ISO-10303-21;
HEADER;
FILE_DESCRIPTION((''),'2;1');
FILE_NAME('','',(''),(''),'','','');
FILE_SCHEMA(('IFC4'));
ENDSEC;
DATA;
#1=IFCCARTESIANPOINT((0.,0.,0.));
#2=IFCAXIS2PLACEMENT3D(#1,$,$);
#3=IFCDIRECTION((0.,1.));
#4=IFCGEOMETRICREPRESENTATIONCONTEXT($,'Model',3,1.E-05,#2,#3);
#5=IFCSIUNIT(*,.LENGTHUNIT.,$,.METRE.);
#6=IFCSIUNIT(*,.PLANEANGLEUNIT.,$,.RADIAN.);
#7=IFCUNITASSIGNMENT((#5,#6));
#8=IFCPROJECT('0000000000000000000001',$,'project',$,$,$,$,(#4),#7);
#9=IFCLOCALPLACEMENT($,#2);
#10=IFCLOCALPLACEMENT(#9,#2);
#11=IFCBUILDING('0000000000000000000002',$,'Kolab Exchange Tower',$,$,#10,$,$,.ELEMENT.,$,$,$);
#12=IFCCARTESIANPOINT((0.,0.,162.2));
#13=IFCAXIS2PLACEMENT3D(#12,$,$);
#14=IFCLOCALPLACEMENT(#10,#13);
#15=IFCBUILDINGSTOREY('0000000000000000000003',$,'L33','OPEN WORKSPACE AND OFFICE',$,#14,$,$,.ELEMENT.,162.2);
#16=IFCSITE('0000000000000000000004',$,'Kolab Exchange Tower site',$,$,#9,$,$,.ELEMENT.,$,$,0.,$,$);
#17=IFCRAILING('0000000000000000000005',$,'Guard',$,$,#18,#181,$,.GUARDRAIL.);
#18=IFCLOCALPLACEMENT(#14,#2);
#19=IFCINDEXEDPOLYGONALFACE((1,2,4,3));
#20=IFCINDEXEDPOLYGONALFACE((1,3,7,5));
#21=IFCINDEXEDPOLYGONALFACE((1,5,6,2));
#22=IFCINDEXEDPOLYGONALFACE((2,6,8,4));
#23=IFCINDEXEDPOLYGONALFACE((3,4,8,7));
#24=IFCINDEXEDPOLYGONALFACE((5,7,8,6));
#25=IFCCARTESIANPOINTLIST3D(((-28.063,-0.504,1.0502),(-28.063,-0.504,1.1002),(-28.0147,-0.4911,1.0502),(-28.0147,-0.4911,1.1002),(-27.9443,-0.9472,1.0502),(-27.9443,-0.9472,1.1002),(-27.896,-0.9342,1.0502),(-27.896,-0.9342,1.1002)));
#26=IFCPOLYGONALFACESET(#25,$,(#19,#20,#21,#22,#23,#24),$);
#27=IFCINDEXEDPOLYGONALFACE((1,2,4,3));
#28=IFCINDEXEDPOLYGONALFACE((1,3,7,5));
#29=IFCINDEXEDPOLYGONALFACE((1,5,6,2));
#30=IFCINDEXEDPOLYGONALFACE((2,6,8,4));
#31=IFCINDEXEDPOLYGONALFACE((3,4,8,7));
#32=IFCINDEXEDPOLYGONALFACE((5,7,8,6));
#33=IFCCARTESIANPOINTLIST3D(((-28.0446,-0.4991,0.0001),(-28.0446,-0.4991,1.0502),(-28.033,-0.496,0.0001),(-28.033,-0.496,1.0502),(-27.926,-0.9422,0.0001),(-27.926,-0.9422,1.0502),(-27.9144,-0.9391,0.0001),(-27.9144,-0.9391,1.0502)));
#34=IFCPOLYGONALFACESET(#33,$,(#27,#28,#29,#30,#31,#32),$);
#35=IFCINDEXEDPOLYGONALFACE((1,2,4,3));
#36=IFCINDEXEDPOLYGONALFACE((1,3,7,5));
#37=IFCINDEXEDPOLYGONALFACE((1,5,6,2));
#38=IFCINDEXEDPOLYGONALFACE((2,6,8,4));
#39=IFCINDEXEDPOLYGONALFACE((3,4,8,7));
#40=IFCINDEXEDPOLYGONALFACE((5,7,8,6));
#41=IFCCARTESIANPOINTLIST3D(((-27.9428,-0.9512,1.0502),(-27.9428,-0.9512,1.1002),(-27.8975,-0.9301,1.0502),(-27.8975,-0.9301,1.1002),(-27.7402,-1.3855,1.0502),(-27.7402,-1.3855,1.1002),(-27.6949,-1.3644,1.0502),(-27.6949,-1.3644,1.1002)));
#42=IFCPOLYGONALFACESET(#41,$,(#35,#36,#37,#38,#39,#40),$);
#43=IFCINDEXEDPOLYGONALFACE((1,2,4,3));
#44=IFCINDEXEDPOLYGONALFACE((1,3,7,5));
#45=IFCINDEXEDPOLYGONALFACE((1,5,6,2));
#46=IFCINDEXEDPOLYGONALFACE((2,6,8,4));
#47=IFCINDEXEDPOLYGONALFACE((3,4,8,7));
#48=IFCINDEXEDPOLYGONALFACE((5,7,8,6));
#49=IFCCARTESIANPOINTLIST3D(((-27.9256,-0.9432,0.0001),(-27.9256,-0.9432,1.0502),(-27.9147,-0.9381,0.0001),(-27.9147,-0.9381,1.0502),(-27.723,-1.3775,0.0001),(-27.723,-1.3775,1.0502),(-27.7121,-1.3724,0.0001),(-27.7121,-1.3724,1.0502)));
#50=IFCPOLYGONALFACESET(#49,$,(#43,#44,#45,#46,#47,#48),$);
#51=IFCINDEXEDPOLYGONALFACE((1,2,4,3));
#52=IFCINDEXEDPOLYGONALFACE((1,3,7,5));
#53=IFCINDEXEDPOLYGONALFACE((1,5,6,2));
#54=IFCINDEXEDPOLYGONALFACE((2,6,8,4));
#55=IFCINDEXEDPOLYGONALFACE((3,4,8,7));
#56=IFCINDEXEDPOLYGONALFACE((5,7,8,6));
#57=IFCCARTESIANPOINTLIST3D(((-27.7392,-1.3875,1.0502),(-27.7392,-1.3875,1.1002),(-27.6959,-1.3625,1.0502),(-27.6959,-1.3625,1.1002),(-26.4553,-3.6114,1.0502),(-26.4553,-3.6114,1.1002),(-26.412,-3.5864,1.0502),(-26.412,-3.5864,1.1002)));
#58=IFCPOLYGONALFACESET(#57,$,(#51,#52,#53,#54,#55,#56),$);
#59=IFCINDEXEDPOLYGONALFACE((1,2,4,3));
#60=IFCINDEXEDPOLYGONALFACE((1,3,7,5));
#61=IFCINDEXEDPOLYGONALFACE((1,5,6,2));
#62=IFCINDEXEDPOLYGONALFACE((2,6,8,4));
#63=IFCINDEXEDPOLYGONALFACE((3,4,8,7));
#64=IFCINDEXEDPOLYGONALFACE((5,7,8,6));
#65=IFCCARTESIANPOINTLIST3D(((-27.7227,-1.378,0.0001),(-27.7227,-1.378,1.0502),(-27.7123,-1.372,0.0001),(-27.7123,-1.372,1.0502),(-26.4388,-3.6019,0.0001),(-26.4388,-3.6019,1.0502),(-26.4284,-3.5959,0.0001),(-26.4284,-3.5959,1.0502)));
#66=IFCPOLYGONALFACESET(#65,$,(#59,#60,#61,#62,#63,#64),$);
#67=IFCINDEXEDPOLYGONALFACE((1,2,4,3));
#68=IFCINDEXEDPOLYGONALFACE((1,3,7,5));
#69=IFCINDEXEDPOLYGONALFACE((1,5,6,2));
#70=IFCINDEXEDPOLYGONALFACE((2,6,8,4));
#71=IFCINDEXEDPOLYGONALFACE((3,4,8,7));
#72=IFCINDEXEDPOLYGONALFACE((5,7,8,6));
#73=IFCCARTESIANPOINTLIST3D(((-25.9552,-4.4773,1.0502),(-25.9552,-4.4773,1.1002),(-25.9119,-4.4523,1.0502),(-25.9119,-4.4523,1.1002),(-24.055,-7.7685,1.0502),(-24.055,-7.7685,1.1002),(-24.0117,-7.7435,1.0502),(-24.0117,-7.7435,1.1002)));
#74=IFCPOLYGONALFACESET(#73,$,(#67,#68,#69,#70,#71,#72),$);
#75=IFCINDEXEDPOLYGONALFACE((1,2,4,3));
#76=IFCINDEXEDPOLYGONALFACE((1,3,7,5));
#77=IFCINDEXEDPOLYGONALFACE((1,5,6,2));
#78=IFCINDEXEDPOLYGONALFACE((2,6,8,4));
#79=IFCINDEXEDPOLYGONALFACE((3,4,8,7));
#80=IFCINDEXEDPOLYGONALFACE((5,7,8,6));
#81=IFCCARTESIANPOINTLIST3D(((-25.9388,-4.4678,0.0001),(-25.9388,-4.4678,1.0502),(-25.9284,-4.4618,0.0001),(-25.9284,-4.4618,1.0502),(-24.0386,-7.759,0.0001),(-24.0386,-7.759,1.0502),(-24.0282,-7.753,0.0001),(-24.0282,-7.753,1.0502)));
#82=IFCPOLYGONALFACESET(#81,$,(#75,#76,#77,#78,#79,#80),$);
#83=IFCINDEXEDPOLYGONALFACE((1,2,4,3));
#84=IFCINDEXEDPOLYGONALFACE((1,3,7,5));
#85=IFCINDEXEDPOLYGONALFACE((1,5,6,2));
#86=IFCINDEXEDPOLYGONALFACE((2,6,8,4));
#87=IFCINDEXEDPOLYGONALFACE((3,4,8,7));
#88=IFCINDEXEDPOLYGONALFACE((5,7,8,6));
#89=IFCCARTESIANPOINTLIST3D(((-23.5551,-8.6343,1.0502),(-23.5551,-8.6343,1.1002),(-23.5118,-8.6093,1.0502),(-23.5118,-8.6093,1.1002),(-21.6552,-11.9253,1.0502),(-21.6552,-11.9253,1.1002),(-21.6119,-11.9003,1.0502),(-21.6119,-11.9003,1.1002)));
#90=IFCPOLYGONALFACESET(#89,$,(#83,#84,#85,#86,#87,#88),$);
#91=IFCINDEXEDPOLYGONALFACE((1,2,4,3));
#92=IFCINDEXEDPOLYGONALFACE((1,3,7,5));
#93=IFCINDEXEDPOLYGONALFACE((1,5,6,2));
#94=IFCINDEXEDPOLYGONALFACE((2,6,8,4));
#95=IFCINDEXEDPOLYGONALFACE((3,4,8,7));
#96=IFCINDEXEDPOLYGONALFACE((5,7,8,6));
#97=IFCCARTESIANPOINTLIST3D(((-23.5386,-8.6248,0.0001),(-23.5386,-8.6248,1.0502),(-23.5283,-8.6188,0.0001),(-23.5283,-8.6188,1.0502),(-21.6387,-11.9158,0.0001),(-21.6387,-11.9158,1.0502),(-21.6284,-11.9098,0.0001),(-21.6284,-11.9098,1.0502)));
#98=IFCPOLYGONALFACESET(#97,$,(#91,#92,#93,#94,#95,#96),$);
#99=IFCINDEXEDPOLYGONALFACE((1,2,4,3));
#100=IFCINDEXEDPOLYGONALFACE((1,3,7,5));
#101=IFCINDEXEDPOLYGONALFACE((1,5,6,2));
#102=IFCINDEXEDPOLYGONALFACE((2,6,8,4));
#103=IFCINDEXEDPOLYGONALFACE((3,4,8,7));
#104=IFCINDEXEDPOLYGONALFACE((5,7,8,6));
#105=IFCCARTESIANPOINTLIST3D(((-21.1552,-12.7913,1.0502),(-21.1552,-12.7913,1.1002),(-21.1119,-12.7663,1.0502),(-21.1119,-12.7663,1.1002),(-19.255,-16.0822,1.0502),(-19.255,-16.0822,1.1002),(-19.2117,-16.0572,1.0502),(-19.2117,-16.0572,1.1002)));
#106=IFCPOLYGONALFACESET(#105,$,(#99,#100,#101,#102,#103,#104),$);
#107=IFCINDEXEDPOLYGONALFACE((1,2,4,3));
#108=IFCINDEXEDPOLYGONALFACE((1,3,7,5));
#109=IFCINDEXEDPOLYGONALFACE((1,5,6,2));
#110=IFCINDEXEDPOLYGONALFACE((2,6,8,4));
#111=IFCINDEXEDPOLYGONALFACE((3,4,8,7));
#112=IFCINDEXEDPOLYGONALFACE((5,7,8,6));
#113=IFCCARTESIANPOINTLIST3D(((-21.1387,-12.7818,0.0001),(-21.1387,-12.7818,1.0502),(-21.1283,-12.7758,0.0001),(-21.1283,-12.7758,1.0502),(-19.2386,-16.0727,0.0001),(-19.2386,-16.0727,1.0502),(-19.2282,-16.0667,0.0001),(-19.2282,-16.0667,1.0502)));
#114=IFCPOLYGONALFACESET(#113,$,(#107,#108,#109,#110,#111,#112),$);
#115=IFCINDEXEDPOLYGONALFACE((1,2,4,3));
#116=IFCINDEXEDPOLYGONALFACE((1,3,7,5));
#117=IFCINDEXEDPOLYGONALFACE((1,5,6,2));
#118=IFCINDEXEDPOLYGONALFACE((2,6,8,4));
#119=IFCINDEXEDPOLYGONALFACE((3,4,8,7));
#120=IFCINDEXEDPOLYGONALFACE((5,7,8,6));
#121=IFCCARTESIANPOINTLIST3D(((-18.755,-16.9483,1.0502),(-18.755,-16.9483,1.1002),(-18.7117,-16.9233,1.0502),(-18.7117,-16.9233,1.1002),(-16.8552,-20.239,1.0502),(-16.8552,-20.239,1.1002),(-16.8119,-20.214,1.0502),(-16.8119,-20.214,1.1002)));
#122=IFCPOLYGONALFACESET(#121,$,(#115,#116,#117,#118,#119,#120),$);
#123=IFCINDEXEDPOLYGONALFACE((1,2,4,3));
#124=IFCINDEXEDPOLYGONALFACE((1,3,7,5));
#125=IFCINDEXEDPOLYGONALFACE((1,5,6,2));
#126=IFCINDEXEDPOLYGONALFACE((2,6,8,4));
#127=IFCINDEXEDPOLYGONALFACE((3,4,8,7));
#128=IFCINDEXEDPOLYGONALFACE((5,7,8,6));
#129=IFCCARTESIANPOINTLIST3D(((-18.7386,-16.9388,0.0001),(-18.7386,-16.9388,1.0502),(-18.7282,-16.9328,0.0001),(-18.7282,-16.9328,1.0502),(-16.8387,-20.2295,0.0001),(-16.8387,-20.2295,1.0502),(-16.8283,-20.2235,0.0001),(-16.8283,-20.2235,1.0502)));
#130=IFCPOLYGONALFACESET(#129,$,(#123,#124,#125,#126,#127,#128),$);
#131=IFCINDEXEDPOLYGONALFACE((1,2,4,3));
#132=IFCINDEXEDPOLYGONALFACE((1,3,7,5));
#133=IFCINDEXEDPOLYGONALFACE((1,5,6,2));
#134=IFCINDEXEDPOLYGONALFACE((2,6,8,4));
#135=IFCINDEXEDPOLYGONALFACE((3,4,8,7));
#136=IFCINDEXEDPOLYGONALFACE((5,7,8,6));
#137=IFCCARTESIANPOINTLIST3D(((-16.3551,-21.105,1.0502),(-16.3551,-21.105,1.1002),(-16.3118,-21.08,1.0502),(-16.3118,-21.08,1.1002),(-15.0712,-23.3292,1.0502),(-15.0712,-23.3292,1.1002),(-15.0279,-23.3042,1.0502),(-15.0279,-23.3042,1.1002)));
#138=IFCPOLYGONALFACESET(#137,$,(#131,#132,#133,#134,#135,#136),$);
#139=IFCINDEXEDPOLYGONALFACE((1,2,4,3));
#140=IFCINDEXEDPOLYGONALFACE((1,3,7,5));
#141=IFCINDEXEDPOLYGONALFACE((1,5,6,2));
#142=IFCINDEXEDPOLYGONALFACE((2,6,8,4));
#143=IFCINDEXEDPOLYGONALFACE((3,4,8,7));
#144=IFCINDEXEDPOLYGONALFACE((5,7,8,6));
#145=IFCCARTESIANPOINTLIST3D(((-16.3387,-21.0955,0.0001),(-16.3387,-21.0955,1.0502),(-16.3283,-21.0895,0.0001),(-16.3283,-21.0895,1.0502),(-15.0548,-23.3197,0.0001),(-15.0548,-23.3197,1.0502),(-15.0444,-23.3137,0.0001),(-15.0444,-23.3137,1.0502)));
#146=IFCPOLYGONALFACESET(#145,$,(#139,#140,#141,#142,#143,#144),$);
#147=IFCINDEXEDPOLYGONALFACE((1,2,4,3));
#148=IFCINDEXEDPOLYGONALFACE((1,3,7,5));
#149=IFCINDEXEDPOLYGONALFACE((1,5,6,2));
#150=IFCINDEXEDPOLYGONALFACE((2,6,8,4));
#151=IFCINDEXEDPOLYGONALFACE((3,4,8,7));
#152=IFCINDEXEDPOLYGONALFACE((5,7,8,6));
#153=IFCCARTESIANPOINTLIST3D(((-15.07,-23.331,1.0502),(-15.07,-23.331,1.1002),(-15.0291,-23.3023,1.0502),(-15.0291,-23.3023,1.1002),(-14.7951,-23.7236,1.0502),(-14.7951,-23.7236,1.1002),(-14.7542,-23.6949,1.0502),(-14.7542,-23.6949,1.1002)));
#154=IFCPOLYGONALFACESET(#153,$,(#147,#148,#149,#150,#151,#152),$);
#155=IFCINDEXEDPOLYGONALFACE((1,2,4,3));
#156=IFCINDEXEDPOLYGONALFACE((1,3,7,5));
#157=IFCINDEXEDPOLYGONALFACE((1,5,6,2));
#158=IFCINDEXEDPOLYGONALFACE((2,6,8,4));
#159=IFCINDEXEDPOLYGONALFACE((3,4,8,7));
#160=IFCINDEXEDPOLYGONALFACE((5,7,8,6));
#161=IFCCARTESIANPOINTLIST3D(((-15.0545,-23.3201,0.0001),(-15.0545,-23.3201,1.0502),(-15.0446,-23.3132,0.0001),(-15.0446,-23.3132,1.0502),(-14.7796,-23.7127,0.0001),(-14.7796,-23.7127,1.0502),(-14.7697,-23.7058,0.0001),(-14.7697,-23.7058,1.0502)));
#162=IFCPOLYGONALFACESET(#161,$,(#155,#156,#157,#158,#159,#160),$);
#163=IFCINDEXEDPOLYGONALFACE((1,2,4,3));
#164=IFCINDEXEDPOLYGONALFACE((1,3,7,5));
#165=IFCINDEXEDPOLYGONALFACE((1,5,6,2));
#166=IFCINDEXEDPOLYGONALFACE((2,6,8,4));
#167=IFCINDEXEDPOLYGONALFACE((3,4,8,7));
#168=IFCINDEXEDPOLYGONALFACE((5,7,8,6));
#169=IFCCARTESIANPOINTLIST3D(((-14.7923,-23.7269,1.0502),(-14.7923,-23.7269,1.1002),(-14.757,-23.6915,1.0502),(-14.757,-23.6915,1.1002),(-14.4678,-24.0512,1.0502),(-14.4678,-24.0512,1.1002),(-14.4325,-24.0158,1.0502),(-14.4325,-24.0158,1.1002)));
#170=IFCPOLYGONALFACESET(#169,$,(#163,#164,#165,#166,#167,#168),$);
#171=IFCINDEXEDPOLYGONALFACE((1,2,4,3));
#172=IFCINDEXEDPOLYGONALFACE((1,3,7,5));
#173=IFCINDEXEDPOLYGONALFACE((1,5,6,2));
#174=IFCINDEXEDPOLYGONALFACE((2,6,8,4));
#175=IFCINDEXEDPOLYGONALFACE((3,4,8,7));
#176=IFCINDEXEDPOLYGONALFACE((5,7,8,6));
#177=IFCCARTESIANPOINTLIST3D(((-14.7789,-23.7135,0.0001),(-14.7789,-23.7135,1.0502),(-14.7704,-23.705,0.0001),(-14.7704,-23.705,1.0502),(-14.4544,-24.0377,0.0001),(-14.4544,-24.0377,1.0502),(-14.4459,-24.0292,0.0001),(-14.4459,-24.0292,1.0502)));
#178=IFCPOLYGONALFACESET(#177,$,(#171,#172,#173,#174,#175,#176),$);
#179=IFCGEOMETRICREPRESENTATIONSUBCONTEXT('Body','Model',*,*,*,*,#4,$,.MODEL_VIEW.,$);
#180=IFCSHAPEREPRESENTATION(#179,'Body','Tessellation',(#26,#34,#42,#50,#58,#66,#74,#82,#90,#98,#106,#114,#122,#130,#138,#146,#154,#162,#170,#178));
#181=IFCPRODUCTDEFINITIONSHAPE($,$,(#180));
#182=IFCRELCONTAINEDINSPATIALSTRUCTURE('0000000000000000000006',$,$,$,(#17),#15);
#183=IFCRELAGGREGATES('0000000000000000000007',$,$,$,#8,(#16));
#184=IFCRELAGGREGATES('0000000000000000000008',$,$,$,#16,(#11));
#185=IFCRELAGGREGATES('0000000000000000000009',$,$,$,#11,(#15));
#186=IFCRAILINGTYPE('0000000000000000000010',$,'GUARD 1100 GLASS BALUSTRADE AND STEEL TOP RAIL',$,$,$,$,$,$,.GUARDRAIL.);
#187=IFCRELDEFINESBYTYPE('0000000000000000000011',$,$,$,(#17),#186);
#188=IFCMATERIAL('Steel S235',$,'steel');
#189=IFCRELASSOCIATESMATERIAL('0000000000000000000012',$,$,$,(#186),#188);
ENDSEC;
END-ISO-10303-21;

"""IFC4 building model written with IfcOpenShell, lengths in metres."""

from ifc_helpers import new_model, si_unit, direction, frame, frame_2d, origin, origin_2d, place, context, subcontext, project, spatial, rectangle, extrude, material, type_object, element, save


model = new_model("IFC4")

# Units and contexts
model_context = context("Model", 3, precision=1e-05, world=origin(), true_north=direction((0.0, 1.0)))
body_context = subcontext(model_context, "Body", "Model", "MODEL_VIEW")
ifc_project = project(units=[si_unit("LENGTHUNIT", "METRE"), si_unit("PLANEANGLEUNIT", "RADIAN")], contexts=[model_context])

# Site, building, storey
site_placement = place(None, origin())
site = spatial("IfcSite", under=ifc_project, at=site_placement, Name="Kolab Exchange Tower site", CompositionType="ELEMENT", RefElevation=0.0)
building_placement = place(site_placement, origin())
building = spatial("IfcBuilding", under=site, at=building_placement, Name="Kolab Exchange Tower", CompositionType="ELEMENT")
storey_placement = place(building_placement, frame((0.0, 0.0, 162.2)))
storey = spatial("IfcBuildingStorey", under=building, at=storey_placement, Name="L33", Description="OPEN WORKSPACE AND OFFICE", CompositionType="ELEMENT", Elevation=162.2)

# Shared definitions
ifc_material_1 = material(Name="Steel S235", Category="steel")

# Railing
railing_type = type_object("IfcRailingType", Name="GUARD 1100 GLASS BALUSTRADE AND STEEL TOP RAIL", PredefinedType="GUARDRAIL", material=ifc_material_1)
railing_placement = place(storey_placement, frame((-28.0388, -0.4976, 0.0)))
element("IfcRailing", 1, at=railing_placement, inside=storey, type_object=railing_type, Name="Guard", PredefinedType="GUARDRAIL", context=body_context, shape_type="SweptSolid", body=[
    extrude(rectangle(XDim=0.05, YDim=0.05, at=origin_2d()), frame((0.0, 0.0, 1.0752), z_axis=(0.258656, -0.965969, 0.0), x_axis=(0.965969, 0.258656, 0.0)), (0.0, 0.0, 1.0), 0.4587),
    extrude(rectangle(XDim=0.012, YDim=1.0501, at=frame_2d((0.0, 0.5251))), frame((0.0, 0.0, 0.0), z_axis=(0.258656, -0.965969, 0.0), x_axis=(0.965969, 0.258656, 0.0)), (0.0, 0.0, 1.0), 0.4587),
    extrude(rectangle(XDim=0.05, YDim=0.05, at=origin_2d()), frame((0.1187, -0.4431, 1.0752), z_axis=(0.422802, -0.906222, 0.0), x_axis=(0.906222, 0.422802, 0.0)), (0.0, 0.0, 1.0), 0.4792),
    extrude(rectangle(XDim=0.012, YDim=1.0501, at=frame_2d((0.0, 0.5251))), frame((0.1187, -0.4431, 0.0), z_axis=(0.422802, -0.906222, 0.0), x_axis=(0.906222, 0.422802, 0.0)), (0.0, 0.0, 1.0), 0.4792),
    extrude(rectangle(XDim=0.05, YDim=0.05, at=origin_2d()), frame((0.3213, -0.8774, 1.0752), z_axis=(0.499994, -0.866029, 0.0), x_axis=(0.866029, 0.499994, 0.0)), (0.0, 0.0, 1.0), 2.5679),
    extrude(rectangle(XDim=0.012, YDim=1.0501, at=frame_2d((0.0, 0.5251))), frame((0.3213, -0.8774, 0.0), z_axis=(0.499994, -0.866029, 0.0), x_axis=(0.866029, 0.499994, 0.0)), (0.0, 0.0, 1.0), 2.5679),
    extrude(rectangle(XDim=0.05, YDim=0.05, at=origin_2d()), frame((2.1052, -3.9673, 1.0752), z_axis=(0.500015, -0.866017, 0.0), x_axis=(0.866017, 0.500015, 0.0)), (0.0, 0.0, 1.0), 3.8003),
    extrude(rectangle(XDim=0.012, YDim=1.0501, at=frame_2d((0.0, 0.5251))), frame((2.1052, -3.9673, 0.0), z_axis=(0.500015, -0.866017, 0.0), x_axis=(0.866017, 0.500015, 0.0)), (0.0, 0.0, 1.0), 3.8003),
    extrude(rectangle(XDim=0.05, YDim=0.05, at=origin_2d()), frame((4.5054, -8.1243, 1.0752), z_axis=(0.499967, -0.866044, 0.0), x_axis=(0.866044, 0.499967, 0.0)), (0.0, 0.0, 1.0), 3.8),
    extrude(rectangle(XDim=0.012, YDim=1.0501, at=frame_2d((0.0, 0.5251))), frame((4.5054, -8.1243, 0.0), z_axis=(0.499967, -0.866044, 0.0), x_axis=(0.866044, 0.499967, 0.0)), (0.0, 0.0, 1.0), 3.8),
    extrude(rectangle(XDim=0.05, YDim=0.05, at=origin_2d()), frame((6.9053, -12.2812, 1.0752), z_axis=(0.500043, -0.866, 0.0), x_axis=(0.866, 0.500043, 0.0)), (0.0, 0.0, 1.0), 3.8),
    extrude(rectangle(XDim=0.012, YDim=1.0501, at=frame_2d((0.0, 0.5251))), frame((6.9053, -12.2812, 0.0), z_axis=(0.500043, -0.866, 0.0), x_axis=(0.866, 0.500043, 0.0)), (0.0, 0.0, 1.0), 3.8),
    extrude(rectangle(XDim=0.05, YDim=0.05, at=origin_2d()), frame((9.3054, -16.4382, 1.0752), z_axis=(0.499995, -0.866028, 0.0), x_axis=(0.866028, 0.499995, 0.0)), (0.0, 0.0, 1.0), 3.7998),
    extrude(rectangle(XDim=0.012, YDim=1.0501, at=frame_2d((0.0, 0.5251))), frame((9.3054, -16.4382, 0.0), z_axis=(0.499995, -0.866028, 0.0), x_axis=(0.866028, 0.499995, 0.0)), (0.0, 0.0, 1.0), 3.7998),
    extrude(rectangle(XDim=0.05, YDim=0.05, at=origin_2d()), frame((11.7053, -20.595, 1.0752), z_axis=(0.499953, -0.866053, 0.0), x_axis=(0.866053, 0.499953, 0.0)), (0.0, 0.0, 1.0), 2.5681),
    extrude(rectangle(XDim=0.012, YDim=1.0501, at=frame_2d((0.0, 0.5251))), frame((11.7053, -20.595, 0.0), z_axis=(0.499953, -0.866053, 0.0), x_axis=(0.866053, 0.499953, 0.0)), (0.0, 0.0, 1.0), 2.5681),
    extrude(rectangle(XDim=0.05, YDim=0.05, at=origin_2d()), frame((12.9893, -22.8191, 1.0752), z_axis=(0.573599, -0.819136, 0.0), x_axis=(0.819136, 0.573599, 0.0)), (0.0, 0.0, 1.0), 0.4792),
    extrude(rectangle(XDim=0.012, YDim=1.0501, at=frame_2d((0.0, 0.5251))), frame((12.9893, -22.8191, 0.0), z_axis=(0.573599, -0.819136, 0.0), x_axis=(0.819136, 0.573599, 0.0)), (0.0, 0.0, 1.0), 0.4792),
    extrude(rectangle(XDim=0.05, YDim=0.05, at=origin_2d()), frame((13.2642, -23.2117, 1.0752), z_axis=(0.707373, -0.706841, 0.0), x_axis=(0.706841, 0.707373, 0.0)), (0.0, 0.0, 1.0), 0.4587),
    extrude(rectangle(XDim=0.012, YDim=1.0501, at=frame_2d((0.0, 0.5251))), frame((13.2642, -23.2117, 0.0), z_axis=(0.707373, -0.706841, 0.0), x_axis=(0.706841, 0.707373, 0.0)), (0.0, 0.0, 1.0), 0.4587),
])

save(model, "model.ifc")
